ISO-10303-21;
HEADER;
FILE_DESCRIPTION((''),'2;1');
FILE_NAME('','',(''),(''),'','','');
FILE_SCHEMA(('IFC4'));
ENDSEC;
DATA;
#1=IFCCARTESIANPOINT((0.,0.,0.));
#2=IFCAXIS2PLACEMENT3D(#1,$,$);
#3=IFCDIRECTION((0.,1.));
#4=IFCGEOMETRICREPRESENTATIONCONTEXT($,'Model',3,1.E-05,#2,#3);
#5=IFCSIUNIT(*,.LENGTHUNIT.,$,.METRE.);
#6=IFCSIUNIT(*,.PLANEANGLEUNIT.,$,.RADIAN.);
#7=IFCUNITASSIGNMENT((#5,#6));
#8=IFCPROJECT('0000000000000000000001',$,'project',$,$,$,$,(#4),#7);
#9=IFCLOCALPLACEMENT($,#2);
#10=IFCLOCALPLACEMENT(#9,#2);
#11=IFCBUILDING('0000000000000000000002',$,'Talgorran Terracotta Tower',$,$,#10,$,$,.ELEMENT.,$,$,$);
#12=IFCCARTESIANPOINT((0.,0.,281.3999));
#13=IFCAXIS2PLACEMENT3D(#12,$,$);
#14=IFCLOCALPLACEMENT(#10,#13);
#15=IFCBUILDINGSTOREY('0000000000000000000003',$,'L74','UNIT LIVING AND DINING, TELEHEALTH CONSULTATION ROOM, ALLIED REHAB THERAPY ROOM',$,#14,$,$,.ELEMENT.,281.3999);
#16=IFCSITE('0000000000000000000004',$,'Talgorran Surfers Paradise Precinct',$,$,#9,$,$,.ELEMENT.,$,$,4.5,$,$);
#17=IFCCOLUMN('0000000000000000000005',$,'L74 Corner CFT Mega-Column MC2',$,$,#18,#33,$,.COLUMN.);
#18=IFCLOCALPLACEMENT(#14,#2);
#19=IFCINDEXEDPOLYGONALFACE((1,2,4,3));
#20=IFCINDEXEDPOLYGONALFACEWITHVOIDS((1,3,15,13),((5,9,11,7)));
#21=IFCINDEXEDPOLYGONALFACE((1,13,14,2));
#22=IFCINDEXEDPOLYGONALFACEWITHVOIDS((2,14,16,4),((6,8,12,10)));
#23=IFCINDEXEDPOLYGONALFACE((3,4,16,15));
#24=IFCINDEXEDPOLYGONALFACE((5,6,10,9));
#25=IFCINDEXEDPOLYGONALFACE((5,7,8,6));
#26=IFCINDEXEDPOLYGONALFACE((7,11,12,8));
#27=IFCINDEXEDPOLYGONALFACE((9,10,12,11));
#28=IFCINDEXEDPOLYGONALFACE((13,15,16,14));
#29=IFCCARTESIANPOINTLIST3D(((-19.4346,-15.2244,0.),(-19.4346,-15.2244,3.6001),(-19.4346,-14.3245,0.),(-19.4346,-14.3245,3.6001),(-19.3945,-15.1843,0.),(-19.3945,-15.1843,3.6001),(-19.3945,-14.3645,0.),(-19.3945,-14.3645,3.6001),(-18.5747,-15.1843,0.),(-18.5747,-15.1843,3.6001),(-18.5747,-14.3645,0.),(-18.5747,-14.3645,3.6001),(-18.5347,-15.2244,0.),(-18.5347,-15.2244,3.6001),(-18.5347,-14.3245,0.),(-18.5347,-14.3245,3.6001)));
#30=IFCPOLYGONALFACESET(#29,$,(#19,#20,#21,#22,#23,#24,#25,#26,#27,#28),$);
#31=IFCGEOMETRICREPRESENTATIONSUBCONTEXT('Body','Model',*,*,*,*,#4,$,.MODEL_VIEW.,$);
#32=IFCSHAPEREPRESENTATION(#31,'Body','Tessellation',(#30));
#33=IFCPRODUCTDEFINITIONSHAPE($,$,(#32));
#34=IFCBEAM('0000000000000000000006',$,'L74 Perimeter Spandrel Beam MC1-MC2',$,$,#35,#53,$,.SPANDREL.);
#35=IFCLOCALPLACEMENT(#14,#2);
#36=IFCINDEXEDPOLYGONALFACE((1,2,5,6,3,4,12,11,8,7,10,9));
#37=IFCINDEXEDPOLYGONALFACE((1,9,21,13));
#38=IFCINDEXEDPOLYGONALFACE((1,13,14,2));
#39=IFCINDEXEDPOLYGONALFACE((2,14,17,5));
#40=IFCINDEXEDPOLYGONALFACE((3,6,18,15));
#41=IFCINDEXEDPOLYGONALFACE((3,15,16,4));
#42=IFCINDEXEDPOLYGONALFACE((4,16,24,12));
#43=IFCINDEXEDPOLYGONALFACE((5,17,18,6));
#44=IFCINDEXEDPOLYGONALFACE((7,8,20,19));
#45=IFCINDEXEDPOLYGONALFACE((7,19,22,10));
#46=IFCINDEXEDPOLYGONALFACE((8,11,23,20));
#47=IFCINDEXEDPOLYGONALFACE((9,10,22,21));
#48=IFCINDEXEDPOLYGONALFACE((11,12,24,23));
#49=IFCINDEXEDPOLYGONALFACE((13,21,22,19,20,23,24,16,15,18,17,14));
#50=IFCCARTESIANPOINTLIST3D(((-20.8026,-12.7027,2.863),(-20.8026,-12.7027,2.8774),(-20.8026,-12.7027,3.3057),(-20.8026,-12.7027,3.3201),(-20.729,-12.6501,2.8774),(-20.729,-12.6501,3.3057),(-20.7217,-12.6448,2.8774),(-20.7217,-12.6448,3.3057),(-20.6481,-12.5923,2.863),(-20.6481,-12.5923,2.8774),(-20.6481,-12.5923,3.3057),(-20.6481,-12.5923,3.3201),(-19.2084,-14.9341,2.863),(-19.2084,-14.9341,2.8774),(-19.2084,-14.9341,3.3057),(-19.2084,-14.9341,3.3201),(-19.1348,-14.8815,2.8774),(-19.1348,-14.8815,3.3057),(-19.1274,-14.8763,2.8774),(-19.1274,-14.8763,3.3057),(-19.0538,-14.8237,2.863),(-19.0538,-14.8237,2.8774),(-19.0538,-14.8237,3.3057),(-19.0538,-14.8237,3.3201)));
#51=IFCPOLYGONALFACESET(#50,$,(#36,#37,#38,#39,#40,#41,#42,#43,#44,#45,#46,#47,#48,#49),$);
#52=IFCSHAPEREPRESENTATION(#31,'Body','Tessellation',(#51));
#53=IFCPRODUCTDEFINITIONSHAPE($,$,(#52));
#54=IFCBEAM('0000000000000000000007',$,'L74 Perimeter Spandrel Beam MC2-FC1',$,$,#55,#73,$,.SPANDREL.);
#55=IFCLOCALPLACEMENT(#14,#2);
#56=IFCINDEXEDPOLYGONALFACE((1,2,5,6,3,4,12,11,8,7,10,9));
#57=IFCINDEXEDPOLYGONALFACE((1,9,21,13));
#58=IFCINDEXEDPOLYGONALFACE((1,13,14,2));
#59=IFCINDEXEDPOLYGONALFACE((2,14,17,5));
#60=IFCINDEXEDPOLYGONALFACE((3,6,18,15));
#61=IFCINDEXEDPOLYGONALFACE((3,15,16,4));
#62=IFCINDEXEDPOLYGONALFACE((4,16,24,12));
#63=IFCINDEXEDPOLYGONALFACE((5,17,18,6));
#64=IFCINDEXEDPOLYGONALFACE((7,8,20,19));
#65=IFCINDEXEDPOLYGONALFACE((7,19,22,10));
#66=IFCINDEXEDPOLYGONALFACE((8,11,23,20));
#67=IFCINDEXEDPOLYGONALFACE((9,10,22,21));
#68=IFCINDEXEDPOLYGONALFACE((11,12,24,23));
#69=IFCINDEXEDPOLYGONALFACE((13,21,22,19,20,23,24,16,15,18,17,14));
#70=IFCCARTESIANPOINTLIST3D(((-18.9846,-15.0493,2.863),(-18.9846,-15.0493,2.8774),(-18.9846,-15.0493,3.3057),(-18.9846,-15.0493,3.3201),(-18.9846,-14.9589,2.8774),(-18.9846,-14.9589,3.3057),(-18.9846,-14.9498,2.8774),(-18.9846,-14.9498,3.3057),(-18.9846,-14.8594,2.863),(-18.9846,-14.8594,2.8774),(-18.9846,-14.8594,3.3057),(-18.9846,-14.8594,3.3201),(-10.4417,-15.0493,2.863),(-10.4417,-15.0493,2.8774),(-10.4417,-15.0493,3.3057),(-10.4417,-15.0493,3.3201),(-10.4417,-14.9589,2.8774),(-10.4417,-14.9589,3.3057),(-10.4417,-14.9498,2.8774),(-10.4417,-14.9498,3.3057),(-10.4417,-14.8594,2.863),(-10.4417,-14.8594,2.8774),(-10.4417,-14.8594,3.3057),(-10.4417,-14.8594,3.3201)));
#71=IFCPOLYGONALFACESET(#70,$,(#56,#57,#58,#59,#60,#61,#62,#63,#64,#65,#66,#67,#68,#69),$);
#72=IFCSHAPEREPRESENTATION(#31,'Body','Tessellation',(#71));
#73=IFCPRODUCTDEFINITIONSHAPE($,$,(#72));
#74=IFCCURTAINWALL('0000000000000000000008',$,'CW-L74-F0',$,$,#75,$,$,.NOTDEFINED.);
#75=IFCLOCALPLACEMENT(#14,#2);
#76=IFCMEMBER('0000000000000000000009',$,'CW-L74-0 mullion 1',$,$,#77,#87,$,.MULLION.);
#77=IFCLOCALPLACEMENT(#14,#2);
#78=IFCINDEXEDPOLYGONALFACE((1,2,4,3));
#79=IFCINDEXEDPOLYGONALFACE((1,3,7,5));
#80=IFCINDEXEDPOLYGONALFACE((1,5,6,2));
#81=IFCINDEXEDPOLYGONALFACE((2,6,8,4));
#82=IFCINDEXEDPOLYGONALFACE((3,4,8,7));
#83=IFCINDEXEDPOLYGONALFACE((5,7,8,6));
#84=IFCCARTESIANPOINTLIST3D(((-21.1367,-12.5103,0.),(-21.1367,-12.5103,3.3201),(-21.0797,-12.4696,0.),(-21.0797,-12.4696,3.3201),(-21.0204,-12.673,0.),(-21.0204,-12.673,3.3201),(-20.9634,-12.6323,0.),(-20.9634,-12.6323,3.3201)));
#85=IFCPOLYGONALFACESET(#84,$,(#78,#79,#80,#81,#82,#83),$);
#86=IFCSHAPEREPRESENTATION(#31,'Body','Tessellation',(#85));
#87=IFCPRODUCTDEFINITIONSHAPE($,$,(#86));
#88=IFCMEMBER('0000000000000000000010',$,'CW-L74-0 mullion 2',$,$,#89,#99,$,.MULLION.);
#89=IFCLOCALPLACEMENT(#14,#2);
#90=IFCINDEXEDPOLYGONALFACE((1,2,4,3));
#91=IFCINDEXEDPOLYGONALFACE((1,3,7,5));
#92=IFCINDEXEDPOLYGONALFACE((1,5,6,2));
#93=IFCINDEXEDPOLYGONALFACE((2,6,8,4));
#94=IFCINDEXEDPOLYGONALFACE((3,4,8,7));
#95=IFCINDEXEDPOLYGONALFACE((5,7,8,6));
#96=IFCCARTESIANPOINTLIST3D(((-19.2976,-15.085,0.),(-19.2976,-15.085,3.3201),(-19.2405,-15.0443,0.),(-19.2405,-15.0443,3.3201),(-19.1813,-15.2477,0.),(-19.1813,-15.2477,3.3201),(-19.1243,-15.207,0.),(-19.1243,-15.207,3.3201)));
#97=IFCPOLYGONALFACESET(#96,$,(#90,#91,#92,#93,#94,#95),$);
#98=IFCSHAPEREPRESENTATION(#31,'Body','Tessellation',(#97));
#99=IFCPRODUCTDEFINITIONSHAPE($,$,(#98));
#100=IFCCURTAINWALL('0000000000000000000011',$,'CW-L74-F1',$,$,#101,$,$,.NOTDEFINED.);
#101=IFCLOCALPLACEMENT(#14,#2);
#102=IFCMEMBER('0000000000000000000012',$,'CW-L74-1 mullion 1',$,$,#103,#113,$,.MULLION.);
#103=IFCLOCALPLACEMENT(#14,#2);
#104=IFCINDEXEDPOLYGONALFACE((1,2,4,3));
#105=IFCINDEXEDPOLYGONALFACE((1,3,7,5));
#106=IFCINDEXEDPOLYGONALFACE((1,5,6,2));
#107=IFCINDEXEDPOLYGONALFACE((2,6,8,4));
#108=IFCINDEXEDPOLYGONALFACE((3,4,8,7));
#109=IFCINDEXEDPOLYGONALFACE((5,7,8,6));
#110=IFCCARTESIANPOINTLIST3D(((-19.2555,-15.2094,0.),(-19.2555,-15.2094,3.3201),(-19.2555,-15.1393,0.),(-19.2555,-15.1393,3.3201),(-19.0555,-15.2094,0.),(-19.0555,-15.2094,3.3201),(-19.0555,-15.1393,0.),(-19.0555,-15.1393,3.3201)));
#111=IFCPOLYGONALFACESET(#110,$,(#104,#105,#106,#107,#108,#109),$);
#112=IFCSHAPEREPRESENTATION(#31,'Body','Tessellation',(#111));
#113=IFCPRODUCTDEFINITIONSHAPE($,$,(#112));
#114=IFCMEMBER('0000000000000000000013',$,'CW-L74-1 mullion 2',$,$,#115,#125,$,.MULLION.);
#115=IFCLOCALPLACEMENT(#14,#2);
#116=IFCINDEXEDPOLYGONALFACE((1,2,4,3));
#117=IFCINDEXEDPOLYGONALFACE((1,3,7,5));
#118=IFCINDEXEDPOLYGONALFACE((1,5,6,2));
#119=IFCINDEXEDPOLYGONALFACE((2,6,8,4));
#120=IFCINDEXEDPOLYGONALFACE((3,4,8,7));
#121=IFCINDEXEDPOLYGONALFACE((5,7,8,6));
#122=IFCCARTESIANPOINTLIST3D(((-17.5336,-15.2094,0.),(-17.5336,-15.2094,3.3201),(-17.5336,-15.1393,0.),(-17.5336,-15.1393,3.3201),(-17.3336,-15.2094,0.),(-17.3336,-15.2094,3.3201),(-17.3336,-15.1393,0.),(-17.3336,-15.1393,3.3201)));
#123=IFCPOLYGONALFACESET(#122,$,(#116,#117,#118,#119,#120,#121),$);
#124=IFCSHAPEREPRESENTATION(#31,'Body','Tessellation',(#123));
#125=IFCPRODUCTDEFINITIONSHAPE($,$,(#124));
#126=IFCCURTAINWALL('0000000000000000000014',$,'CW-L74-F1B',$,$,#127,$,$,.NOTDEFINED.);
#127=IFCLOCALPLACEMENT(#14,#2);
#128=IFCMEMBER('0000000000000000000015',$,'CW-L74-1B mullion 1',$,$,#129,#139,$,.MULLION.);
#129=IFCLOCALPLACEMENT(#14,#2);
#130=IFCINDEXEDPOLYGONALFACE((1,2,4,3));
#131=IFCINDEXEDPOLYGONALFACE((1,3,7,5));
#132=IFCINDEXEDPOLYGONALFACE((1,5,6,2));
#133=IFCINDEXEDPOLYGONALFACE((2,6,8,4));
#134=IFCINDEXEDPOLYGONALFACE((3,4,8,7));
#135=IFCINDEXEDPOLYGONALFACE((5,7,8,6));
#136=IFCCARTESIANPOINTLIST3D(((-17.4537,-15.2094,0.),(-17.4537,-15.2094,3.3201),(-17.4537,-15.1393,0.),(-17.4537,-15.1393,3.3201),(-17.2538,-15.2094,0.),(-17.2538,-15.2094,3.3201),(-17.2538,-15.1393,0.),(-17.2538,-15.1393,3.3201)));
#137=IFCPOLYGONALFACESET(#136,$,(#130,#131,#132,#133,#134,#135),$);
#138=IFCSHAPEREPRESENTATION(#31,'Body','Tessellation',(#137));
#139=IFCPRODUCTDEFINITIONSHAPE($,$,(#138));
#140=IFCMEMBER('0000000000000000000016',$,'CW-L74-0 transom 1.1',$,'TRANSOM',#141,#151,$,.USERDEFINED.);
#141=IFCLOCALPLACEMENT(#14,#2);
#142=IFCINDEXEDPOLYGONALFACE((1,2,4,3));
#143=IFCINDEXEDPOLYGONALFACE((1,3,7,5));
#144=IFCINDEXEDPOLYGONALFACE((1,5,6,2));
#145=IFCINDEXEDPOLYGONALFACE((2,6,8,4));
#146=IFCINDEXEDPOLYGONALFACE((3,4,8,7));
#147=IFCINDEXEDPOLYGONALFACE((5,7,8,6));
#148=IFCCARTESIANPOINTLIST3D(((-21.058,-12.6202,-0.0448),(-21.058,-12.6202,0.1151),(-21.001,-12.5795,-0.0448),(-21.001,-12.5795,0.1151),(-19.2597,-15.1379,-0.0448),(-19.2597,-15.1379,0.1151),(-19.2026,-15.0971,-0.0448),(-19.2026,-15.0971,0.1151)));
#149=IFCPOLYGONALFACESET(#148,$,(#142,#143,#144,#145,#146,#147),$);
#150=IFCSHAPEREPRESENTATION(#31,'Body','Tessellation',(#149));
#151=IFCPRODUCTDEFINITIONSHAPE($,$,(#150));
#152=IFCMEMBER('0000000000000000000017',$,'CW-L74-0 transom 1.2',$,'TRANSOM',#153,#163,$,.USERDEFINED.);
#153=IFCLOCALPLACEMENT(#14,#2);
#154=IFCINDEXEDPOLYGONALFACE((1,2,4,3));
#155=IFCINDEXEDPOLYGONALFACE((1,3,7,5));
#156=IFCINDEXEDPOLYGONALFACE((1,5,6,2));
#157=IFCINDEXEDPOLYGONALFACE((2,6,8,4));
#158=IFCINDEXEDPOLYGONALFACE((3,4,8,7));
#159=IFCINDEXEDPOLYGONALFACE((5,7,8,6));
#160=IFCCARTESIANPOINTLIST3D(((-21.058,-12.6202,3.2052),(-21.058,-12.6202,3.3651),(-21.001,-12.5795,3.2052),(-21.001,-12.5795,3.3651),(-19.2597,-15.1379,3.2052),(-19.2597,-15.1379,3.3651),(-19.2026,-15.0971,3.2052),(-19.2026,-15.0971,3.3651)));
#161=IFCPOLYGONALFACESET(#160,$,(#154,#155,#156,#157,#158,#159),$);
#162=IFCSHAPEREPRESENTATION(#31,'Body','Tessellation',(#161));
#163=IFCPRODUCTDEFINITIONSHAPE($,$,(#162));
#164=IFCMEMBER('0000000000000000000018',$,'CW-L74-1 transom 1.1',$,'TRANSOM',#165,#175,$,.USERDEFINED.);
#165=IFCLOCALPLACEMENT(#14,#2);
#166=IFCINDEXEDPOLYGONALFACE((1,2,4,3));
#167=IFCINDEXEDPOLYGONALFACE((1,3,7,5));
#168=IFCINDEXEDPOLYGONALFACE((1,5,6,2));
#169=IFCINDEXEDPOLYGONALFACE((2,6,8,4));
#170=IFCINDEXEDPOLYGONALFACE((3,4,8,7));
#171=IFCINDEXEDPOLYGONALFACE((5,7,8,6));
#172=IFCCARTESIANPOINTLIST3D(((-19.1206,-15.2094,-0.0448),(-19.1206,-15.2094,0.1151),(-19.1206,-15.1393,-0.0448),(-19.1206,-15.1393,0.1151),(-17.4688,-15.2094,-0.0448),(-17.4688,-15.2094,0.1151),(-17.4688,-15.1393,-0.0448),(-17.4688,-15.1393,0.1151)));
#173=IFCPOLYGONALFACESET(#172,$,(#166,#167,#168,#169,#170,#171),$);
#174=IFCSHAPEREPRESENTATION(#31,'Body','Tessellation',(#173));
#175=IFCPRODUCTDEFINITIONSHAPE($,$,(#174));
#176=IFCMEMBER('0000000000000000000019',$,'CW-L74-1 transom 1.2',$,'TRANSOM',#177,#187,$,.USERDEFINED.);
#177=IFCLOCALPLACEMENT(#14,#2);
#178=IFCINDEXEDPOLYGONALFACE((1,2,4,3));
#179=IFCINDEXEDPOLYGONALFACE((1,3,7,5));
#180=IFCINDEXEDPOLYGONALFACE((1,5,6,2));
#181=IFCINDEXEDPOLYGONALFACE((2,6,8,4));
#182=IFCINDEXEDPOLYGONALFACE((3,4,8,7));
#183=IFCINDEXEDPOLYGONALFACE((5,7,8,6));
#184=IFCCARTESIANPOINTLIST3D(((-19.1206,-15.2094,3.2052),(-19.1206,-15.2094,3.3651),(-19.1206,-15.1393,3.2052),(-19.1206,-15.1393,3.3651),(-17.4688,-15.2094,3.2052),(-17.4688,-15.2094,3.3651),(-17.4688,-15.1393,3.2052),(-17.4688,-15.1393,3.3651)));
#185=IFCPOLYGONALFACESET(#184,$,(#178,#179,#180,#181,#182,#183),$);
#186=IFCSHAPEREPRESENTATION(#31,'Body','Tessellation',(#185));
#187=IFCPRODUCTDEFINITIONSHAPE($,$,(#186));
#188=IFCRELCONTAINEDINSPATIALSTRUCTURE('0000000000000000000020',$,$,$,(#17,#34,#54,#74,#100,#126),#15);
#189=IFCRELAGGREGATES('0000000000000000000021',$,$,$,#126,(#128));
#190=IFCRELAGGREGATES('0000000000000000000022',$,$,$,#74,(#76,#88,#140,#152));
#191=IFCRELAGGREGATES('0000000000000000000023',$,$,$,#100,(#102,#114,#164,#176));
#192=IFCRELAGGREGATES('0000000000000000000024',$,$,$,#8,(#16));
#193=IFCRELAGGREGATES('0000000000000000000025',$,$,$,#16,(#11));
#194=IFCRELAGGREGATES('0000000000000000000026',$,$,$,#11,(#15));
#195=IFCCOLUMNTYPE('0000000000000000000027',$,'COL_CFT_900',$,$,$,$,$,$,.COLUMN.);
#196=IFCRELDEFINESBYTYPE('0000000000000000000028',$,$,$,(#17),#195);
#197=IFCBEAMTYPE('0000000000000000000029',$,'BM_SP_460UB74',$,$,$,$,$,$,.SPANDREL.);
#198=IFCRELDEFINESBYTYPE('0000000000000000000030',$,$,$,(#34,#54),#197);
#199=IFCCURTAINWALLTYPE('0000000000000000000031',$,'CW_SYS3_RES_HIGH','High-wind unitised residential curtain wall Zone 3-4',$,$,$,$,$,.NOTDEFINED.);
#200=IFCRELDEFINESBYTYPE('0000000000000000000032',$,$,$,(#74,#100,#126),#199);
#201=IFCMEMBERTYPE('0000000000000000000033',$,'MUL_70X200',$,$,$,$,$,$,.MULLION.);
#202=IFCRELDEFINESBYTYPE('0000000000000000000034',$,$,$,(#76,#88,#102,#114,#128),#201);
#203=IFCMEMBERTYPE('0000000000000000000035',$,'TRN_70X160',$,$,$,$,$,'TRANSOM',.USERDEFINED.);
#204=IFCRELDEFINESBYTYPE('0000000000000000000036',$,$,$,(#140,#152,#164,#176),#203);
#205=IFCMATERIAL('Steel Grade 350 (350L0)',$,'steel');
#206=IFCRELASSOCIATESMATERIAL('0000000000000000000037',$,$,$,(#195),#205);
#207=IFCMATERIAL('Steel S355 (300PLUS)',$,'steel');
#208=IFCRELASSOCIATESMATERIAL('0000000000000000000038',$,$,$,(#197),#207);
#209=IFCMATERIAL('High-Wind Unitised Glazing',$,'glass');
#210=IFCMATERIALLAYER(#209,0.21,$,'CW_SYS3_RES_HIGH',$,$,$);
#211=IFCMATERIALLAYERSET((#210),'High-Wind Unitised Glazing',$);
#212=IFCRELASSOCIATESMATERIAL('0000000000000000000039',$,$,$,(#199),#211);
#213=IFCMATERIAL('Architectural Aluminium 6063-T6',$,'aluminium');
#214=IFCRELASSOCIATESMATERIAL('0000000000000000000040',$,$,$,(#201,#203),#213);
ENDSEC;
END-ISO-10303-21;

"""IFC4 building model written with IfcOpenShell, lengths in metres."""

from ifc_helpers import new_model, si_unit, direction, frame, origin, origin_2d, place, context, subcontext, project, spatial, rectangle, hollow_rectangle, i_section, extrude, material, layer, layer_set, material_profile, profile_set, type_object, element, aggregate, save


model = new_model("IFC4")

# Units and contexts
model_context = context("Model", 3, precision=1e-05, world=origin(), true_north=direction((0.0, 1.0)))
body_context = subcontext(model_context, "Body", "Model", "MODEL_VIEW")
ifc_project = project(units=[si_unit("LENGTHUNIT", "METRE"), si_unit("PLANEANGLEUNIT", "RADIAN")], contexts=[model_context])

# Site, building, storey
site_placement = place(None, origin())
site = spatial("IfcSite", under=ifc_project, at=site_placement, Name="Talgorran Surfers Paradise Precinct", CompositionType="ELEMENT", RefElevation=4.5)
building_placement = place(site_placement, origin())
building = spatial("IfcBuilding", under=site, at=building_placement, Name="Talgorran Terracotta Tower", CompositionType="ELEMENT")
storey_placement = place(building_placement, frame((0.0, 0.0, 281.3999)))
storey = spatial("IfcBuildingStorey", under=building, at=storey_placement, Name="L74", Description="UNIT LIVING AND DINING, TELEHEALTH CONSULTATION ROOM, ALLIED REHAB THERAPY ROOM", CompositionType="ELEMENT", Elevation=281.3999)

# Column
ifc_material_1 = material(Name="Steel Grade 350 (350L0)", Category="steel")
ifc_material_profile_1 = material_profile(ifc_material_1, hollow_rectangle(XDim=0.8999, YDim=0.8999, WallThickness=0.04, at=origin_2d()), Name="CFT900X900X40")
ifc_profile_set_1 = profile_set([ifc_material_profile_1], Name="Steel Grade 350 (350L0)")
column_type = type_object("IfcColumnType", Name="COL_CFT_900", PredefinedType="COLUMN", material=ifc_profile_set_1)
column_placement = place(storey_placement, frame((-18.9846, -14.7744, 0.0), z_axis=(0.0, 0.0, 1.0), x_axis=(1.0, 0.0, 0.0)))
element("IfcColumn", 1, at=column_placement, inside=storey, type_object=column_type, Name="L74 Corner CFT Mega-Column MC2", PredefinedType="COLUMN", context=body_context, shape_type="SweptSolid", body=[
    extrude(hollow_rectangle(XDim=0.8999, YDim=0.8999, WallThickness=0.04, at=origin_2d()), origin(), (0.0, 0.0, 1.0), 3.6001),
])

# Beams
ifc_material_2 = material(Name="Steel S355 (300PLUS)", Category="steel")
ifc_material_profile_2 = material_profile(ifc_material_2, i_section(OverallWidth=0.1899, OverallDepth=0.457, WebThickness=0.009, FlangeThickness=0.0144, at=origin_2d()), Name="460UB74.6")
ifc_profile_set_2 = profile_set([ifc_material_profile_2], Name="Steel S355 (300PLUS)")
beam_type = type_object("IfcBeamType", Name="BM_SP_460UB74", PredefinedType="SPANDREL", material=ifc_profile_set_2)
beam_1_placement = place(storey_placement, frame((-20.7253, -12.6475, 3.0916), z_axis=(0.581322, -0.813673, 0.0), x_axis=(0.813673, 0.581322, 0.0)))
element("IfcBeam", 2, at=beam_1_placement, inside=storey, type_object=beam_type, Name="L74 Perimeter Spandrel Beam MC1-MC2", PredefinedType="SPANDREL", context=body_context, shape_type="SweptSolid", body=[
    extrude(i_section(OverallWidth=0.1899, OverallDepth=0.457, WebThickness=0.009, FlangeThickness=0.0144, at=origin_2d()), origin(), (0.0, 0.0, 1.0), 2.7424),
])
beam_2_placement = place(storey_placement, frame((-18.9846, -14.9543, 3.0916), z_axis=(1.0, 0.0, 0.0), x_axis=(0.0, 1.0, 0.0)))
element("IfcBeam", 3, at=beam_2_placement, inside=storey, type_object=beam_type, Name="L74 Perimeter Spandrel Beam MC2-FC1", PredefinedType="SPANDREL", context=body_context, shape_type="SweptSolid", body=[
    extrude(i_section(OverallWidth=0.1899, OverallDepth=0.457, WebThickness=0.009, FlangeThickness=0.0144, at=origin_2d()), origin(), (0.0, 0.0, 1.0), 8.543),
])

# Curtain walls, members
ifc_material_3 = material(Name="High-Wind Unitised Glazing", Category="glass")
ifc_layer_1 = layer(ifc_material_3, 0.21, Name="CW_SYS3_RES_HIGH")
ifc_layer_set_1 = layer_set([ifc_layer_1], Name="High-Wind Unitised Glazing")
curtain_wall_type = type_object("IfcCurtainWallType", Name="CW_SYS3_RES_HIGH", Description="High-wind unitised residential curtain wall Zone 3-4", PredefinedType="NOTDEFINED", material=ifc_layer_set_1)
curtain_wall_1_placement = place(storey_placement, origin())
curtain_wall_1 = element("IfcCurtainWall", 4, at=curtain_wall_1_placement, inside=storey, type_object=curtain_wall_type, Name="CW-L74-F0", PredefinedType="NOTDEFINED")
ifc_material_4 = material(Name="Architectural Aluminium 6063-T6", Category="aluminium")
ifc_material_profile_3 = material_profile(ifc_material_4, rectangle(XDim=0.0701, YDim=0.2, at=origin_2d()), Name="CWM70X200")
ifc_profile_set_3 = profile_set([ifc_material_profile_3], Name="Architectural Aluminium 6063-T6")
member_type_1 = type_object("IfcMemberType", Name="MUL_70X200", PredefinedType="MULLION", material=ifc_profile_set_3)
member_1_placement = place(storey_placement, frame((-21.05, -12.5713, 0.0), z_axis=(0.0, 0.0, 1.0), x_axis=(0.813721, 0.581256, 0.0)))
member_1 = element("IfcMember", 5, at=member_1_placement, type_object=member_type_1, Name="CW-L74-0 mullion 1", PredefinedType="MULLION", context=body_context, shape_type="SweptSolid", body=[
    extrude(rectangle(XDim=0.0701, YDim=0.2, at=origin_2d()), origin(), (0.0, 0.0, 1.0), 3.3201),
])
member_2_placement = place(storey_placement, frame((-19.2109, -15.146, 0.0), z_axis=(0.0, 0.0, 1.0), x_axis=(0.813721, 0.581256, 0.0)))
member_2 = element("IfcMember", 6, at=member_2_placement, type_object=member_type_1, Name="CW-L74-0 mullion 2", PredefinedType="MULLION", context=body_context, shape_type="SweptSolid", body=[
    extrude(rectangle(XDim=0.0701, YDim=0.2, at=origin_2d()), origin(), (0.0, 0.0, 1.0), 3.3201),
])
curtain_wall_2_placement = place(storey_placement, origin())
curtain_wall_2 = element("IfcCurtainWall", 7, at=curtain_wall_2_placement, inside=storey, type_object=curtain_wall_type, Name="CW-L74-F1", PredefinedType="NOTDEFINED")
member_3_placement = place(storey_placement, frame((-19.1555, -15.1743, 0.0), z_axis=(0.0, 0.0, 1.0), x_axis=(0.0, 1.0, 0.0)))
member_3 = element("IfcMember", 8, at=member_3_placement, type_object=member_type_1, Name="CW-L74-1 mullion 1", PredefinedType="MULLION", context=body_context, shape_type="SweptSolid", body=[
    extrude(rectangle(XDim=0.0701, YDim=0.2, at=origin_2d()), origin(), (0.0, 0.0, 1.0), 3.3201),
])
member_4_placement = place(storey_placement, frame((-17.4336, -15.1743, 0.0), z_axis=(0.0, 0.0, 1.0), x_axis=(0.0, 1.0, 0.0)))
member_4 = element("IfcMember", 9, at=member_4_placement, type_object=member_type_1, Name="CW-L74-1 mullion 2", PredefinedType="MULLION", context=body_context, shape_type="SweptSolid", body=[
    extrude(rectangle(XDim=0.0701, YDim=0.2, at=origin_2d()), origin(), (0.0, 0.0, 1.0), 3.3201),
])

# Curtain wall, member
curtain_wall_3_placement = place(storey_placement, origin())
curtain_wall_3 = element("IfcCurtainWall", 10, at=curtain_wall_3_placement, inside=storey, type_object=curtain_wall_type, Name="CW-L74-F1B", PredefinedType="NOTDEFINED")
member_5_placement = place(storey_placement, frame((-17.3538, -15.1743, 0.0), z_axis=(0.0, 0.0, 1.0), x_axis=(0.0, 1.0, 0.0)))
member_5 = element("IfcMember", 11, at=member_5_placement, type_object=member_type_1, Name="CW-L74-1B mullion 1", PredefinedType="MULLION", context=body_context, shape_type="SweptSolid", body=[
    extrude(rectangle(XDim=0.0701, YDim=0.2, at=origin_2d()), origin(), (0.0, 0.0, 1.0), 3.3201),
])

# Members
ifc_material_profile_4 = material_profile(ifc_material_4, rectangle(XDim=0.0701, YDim=0.1599, at=origin_2d()), Name="CWT70X160")
ifc_profile_set_4 = profile_set([ifc_material_profile_4], Name="Architectural Aluminium 6063-T6")
member_type_2 = type_object("IfcMemberType", Name="TRN_70X160", ElementType="TRANSOM", PredefinedType="USERDEFINED", material=ifc_profile_set_4)
member_6_placement = place(storey_placement, frame((-21.0295, -12.5999, 0.0352), z_axis=(0.581253, -0.813723, 0.0), x_axis=(0.813723, 0.581253, 0.0)))
member_6 = element("IfcMember", 12, at=member_6_placement, type_object=member_type_2, Name="CW-L74-0 transom 1.1", ObjectType="TRANSOM", PredefinedType="USERDEFINED", context=body_context, shape_type="SweptSolid", body=[
    extrude(rectangle(XDim=0.0701, YDim=0.1599, at=origin_2d()), origin(), (0.0, 0.0, 1.0), 3.094),
])
member_7_placement = place(storey_placement, frame((-21.0295, -12.5999, 3.2852), z_axis=(0.581253, -0.813723, 0.0), x_axis=(0.813723, 0.581253, 0.0)))
member_7 = element("IfcMember", 13, at=member_7_placement, type_object=member_type_2, Name="CW-L74-0 transom 1.2", ObjectType="TRANSOM", PredefinedType="USERDEFINED", context=body_context, shape_type="SweptSolid", body=[
    extrude(rectangle(XDim=0.0701, YDim=0.1599, at=origin_2d()), origin(), (0.0, 0.0, 1.0), 3.094),
])
member_8_placement = place(storey_placement, frame((-19.1206, -15.1743, 0.0352), z_axis=(1.0, 0.0, 0.0), x_axis=(0.0, 1.0, 0.0)))
member_8 = element("IfcMember", 14, at=member_8_placement, type_object=member_type_2, Name="CW-L74-1 transom 1.1", ObjectType="TRANSOM", PredefinedType="USERDEFINED", context=body_context, shape_type="SweptSolid", body=[
    extrude(rectangle(XDim=0.0701, YDim=0.1599, at=origin_2d()), origin(), (0.0, 0.0, 1.0), 1.6519),
])
member_9_placement = place(storey_placement, frame((-19.1206, -15.1743, 3.2852), z_axis=(1.0, 0.0, 0.0), x_axis=(0.0, 1.0, 0.0)))
member_9 = element("IfcMember", 15, at=member_9_placement, type_object=member_type_2, Name="CW-L74-1 transom 1.2", ObjectType="TRANSOM", PredefinedType="USERDEFINED", context=body_context, shape_type="SweptSolid", body=[
    extrude(rectangle(XDim=0.0701, YDim=0.1599, at=origin_2d()), origin(), (0.0, 0.0, 1.0), 1.6519),
])
aggregate(curtain_wall_3, [member_5])

aggregate(curtain_wall_1, [member_1, member_2, member_6, member_7])
aggregate(curtain_wall_2, [member_3, member_4, member_8, member_9])

save(model, "model.ifc")
